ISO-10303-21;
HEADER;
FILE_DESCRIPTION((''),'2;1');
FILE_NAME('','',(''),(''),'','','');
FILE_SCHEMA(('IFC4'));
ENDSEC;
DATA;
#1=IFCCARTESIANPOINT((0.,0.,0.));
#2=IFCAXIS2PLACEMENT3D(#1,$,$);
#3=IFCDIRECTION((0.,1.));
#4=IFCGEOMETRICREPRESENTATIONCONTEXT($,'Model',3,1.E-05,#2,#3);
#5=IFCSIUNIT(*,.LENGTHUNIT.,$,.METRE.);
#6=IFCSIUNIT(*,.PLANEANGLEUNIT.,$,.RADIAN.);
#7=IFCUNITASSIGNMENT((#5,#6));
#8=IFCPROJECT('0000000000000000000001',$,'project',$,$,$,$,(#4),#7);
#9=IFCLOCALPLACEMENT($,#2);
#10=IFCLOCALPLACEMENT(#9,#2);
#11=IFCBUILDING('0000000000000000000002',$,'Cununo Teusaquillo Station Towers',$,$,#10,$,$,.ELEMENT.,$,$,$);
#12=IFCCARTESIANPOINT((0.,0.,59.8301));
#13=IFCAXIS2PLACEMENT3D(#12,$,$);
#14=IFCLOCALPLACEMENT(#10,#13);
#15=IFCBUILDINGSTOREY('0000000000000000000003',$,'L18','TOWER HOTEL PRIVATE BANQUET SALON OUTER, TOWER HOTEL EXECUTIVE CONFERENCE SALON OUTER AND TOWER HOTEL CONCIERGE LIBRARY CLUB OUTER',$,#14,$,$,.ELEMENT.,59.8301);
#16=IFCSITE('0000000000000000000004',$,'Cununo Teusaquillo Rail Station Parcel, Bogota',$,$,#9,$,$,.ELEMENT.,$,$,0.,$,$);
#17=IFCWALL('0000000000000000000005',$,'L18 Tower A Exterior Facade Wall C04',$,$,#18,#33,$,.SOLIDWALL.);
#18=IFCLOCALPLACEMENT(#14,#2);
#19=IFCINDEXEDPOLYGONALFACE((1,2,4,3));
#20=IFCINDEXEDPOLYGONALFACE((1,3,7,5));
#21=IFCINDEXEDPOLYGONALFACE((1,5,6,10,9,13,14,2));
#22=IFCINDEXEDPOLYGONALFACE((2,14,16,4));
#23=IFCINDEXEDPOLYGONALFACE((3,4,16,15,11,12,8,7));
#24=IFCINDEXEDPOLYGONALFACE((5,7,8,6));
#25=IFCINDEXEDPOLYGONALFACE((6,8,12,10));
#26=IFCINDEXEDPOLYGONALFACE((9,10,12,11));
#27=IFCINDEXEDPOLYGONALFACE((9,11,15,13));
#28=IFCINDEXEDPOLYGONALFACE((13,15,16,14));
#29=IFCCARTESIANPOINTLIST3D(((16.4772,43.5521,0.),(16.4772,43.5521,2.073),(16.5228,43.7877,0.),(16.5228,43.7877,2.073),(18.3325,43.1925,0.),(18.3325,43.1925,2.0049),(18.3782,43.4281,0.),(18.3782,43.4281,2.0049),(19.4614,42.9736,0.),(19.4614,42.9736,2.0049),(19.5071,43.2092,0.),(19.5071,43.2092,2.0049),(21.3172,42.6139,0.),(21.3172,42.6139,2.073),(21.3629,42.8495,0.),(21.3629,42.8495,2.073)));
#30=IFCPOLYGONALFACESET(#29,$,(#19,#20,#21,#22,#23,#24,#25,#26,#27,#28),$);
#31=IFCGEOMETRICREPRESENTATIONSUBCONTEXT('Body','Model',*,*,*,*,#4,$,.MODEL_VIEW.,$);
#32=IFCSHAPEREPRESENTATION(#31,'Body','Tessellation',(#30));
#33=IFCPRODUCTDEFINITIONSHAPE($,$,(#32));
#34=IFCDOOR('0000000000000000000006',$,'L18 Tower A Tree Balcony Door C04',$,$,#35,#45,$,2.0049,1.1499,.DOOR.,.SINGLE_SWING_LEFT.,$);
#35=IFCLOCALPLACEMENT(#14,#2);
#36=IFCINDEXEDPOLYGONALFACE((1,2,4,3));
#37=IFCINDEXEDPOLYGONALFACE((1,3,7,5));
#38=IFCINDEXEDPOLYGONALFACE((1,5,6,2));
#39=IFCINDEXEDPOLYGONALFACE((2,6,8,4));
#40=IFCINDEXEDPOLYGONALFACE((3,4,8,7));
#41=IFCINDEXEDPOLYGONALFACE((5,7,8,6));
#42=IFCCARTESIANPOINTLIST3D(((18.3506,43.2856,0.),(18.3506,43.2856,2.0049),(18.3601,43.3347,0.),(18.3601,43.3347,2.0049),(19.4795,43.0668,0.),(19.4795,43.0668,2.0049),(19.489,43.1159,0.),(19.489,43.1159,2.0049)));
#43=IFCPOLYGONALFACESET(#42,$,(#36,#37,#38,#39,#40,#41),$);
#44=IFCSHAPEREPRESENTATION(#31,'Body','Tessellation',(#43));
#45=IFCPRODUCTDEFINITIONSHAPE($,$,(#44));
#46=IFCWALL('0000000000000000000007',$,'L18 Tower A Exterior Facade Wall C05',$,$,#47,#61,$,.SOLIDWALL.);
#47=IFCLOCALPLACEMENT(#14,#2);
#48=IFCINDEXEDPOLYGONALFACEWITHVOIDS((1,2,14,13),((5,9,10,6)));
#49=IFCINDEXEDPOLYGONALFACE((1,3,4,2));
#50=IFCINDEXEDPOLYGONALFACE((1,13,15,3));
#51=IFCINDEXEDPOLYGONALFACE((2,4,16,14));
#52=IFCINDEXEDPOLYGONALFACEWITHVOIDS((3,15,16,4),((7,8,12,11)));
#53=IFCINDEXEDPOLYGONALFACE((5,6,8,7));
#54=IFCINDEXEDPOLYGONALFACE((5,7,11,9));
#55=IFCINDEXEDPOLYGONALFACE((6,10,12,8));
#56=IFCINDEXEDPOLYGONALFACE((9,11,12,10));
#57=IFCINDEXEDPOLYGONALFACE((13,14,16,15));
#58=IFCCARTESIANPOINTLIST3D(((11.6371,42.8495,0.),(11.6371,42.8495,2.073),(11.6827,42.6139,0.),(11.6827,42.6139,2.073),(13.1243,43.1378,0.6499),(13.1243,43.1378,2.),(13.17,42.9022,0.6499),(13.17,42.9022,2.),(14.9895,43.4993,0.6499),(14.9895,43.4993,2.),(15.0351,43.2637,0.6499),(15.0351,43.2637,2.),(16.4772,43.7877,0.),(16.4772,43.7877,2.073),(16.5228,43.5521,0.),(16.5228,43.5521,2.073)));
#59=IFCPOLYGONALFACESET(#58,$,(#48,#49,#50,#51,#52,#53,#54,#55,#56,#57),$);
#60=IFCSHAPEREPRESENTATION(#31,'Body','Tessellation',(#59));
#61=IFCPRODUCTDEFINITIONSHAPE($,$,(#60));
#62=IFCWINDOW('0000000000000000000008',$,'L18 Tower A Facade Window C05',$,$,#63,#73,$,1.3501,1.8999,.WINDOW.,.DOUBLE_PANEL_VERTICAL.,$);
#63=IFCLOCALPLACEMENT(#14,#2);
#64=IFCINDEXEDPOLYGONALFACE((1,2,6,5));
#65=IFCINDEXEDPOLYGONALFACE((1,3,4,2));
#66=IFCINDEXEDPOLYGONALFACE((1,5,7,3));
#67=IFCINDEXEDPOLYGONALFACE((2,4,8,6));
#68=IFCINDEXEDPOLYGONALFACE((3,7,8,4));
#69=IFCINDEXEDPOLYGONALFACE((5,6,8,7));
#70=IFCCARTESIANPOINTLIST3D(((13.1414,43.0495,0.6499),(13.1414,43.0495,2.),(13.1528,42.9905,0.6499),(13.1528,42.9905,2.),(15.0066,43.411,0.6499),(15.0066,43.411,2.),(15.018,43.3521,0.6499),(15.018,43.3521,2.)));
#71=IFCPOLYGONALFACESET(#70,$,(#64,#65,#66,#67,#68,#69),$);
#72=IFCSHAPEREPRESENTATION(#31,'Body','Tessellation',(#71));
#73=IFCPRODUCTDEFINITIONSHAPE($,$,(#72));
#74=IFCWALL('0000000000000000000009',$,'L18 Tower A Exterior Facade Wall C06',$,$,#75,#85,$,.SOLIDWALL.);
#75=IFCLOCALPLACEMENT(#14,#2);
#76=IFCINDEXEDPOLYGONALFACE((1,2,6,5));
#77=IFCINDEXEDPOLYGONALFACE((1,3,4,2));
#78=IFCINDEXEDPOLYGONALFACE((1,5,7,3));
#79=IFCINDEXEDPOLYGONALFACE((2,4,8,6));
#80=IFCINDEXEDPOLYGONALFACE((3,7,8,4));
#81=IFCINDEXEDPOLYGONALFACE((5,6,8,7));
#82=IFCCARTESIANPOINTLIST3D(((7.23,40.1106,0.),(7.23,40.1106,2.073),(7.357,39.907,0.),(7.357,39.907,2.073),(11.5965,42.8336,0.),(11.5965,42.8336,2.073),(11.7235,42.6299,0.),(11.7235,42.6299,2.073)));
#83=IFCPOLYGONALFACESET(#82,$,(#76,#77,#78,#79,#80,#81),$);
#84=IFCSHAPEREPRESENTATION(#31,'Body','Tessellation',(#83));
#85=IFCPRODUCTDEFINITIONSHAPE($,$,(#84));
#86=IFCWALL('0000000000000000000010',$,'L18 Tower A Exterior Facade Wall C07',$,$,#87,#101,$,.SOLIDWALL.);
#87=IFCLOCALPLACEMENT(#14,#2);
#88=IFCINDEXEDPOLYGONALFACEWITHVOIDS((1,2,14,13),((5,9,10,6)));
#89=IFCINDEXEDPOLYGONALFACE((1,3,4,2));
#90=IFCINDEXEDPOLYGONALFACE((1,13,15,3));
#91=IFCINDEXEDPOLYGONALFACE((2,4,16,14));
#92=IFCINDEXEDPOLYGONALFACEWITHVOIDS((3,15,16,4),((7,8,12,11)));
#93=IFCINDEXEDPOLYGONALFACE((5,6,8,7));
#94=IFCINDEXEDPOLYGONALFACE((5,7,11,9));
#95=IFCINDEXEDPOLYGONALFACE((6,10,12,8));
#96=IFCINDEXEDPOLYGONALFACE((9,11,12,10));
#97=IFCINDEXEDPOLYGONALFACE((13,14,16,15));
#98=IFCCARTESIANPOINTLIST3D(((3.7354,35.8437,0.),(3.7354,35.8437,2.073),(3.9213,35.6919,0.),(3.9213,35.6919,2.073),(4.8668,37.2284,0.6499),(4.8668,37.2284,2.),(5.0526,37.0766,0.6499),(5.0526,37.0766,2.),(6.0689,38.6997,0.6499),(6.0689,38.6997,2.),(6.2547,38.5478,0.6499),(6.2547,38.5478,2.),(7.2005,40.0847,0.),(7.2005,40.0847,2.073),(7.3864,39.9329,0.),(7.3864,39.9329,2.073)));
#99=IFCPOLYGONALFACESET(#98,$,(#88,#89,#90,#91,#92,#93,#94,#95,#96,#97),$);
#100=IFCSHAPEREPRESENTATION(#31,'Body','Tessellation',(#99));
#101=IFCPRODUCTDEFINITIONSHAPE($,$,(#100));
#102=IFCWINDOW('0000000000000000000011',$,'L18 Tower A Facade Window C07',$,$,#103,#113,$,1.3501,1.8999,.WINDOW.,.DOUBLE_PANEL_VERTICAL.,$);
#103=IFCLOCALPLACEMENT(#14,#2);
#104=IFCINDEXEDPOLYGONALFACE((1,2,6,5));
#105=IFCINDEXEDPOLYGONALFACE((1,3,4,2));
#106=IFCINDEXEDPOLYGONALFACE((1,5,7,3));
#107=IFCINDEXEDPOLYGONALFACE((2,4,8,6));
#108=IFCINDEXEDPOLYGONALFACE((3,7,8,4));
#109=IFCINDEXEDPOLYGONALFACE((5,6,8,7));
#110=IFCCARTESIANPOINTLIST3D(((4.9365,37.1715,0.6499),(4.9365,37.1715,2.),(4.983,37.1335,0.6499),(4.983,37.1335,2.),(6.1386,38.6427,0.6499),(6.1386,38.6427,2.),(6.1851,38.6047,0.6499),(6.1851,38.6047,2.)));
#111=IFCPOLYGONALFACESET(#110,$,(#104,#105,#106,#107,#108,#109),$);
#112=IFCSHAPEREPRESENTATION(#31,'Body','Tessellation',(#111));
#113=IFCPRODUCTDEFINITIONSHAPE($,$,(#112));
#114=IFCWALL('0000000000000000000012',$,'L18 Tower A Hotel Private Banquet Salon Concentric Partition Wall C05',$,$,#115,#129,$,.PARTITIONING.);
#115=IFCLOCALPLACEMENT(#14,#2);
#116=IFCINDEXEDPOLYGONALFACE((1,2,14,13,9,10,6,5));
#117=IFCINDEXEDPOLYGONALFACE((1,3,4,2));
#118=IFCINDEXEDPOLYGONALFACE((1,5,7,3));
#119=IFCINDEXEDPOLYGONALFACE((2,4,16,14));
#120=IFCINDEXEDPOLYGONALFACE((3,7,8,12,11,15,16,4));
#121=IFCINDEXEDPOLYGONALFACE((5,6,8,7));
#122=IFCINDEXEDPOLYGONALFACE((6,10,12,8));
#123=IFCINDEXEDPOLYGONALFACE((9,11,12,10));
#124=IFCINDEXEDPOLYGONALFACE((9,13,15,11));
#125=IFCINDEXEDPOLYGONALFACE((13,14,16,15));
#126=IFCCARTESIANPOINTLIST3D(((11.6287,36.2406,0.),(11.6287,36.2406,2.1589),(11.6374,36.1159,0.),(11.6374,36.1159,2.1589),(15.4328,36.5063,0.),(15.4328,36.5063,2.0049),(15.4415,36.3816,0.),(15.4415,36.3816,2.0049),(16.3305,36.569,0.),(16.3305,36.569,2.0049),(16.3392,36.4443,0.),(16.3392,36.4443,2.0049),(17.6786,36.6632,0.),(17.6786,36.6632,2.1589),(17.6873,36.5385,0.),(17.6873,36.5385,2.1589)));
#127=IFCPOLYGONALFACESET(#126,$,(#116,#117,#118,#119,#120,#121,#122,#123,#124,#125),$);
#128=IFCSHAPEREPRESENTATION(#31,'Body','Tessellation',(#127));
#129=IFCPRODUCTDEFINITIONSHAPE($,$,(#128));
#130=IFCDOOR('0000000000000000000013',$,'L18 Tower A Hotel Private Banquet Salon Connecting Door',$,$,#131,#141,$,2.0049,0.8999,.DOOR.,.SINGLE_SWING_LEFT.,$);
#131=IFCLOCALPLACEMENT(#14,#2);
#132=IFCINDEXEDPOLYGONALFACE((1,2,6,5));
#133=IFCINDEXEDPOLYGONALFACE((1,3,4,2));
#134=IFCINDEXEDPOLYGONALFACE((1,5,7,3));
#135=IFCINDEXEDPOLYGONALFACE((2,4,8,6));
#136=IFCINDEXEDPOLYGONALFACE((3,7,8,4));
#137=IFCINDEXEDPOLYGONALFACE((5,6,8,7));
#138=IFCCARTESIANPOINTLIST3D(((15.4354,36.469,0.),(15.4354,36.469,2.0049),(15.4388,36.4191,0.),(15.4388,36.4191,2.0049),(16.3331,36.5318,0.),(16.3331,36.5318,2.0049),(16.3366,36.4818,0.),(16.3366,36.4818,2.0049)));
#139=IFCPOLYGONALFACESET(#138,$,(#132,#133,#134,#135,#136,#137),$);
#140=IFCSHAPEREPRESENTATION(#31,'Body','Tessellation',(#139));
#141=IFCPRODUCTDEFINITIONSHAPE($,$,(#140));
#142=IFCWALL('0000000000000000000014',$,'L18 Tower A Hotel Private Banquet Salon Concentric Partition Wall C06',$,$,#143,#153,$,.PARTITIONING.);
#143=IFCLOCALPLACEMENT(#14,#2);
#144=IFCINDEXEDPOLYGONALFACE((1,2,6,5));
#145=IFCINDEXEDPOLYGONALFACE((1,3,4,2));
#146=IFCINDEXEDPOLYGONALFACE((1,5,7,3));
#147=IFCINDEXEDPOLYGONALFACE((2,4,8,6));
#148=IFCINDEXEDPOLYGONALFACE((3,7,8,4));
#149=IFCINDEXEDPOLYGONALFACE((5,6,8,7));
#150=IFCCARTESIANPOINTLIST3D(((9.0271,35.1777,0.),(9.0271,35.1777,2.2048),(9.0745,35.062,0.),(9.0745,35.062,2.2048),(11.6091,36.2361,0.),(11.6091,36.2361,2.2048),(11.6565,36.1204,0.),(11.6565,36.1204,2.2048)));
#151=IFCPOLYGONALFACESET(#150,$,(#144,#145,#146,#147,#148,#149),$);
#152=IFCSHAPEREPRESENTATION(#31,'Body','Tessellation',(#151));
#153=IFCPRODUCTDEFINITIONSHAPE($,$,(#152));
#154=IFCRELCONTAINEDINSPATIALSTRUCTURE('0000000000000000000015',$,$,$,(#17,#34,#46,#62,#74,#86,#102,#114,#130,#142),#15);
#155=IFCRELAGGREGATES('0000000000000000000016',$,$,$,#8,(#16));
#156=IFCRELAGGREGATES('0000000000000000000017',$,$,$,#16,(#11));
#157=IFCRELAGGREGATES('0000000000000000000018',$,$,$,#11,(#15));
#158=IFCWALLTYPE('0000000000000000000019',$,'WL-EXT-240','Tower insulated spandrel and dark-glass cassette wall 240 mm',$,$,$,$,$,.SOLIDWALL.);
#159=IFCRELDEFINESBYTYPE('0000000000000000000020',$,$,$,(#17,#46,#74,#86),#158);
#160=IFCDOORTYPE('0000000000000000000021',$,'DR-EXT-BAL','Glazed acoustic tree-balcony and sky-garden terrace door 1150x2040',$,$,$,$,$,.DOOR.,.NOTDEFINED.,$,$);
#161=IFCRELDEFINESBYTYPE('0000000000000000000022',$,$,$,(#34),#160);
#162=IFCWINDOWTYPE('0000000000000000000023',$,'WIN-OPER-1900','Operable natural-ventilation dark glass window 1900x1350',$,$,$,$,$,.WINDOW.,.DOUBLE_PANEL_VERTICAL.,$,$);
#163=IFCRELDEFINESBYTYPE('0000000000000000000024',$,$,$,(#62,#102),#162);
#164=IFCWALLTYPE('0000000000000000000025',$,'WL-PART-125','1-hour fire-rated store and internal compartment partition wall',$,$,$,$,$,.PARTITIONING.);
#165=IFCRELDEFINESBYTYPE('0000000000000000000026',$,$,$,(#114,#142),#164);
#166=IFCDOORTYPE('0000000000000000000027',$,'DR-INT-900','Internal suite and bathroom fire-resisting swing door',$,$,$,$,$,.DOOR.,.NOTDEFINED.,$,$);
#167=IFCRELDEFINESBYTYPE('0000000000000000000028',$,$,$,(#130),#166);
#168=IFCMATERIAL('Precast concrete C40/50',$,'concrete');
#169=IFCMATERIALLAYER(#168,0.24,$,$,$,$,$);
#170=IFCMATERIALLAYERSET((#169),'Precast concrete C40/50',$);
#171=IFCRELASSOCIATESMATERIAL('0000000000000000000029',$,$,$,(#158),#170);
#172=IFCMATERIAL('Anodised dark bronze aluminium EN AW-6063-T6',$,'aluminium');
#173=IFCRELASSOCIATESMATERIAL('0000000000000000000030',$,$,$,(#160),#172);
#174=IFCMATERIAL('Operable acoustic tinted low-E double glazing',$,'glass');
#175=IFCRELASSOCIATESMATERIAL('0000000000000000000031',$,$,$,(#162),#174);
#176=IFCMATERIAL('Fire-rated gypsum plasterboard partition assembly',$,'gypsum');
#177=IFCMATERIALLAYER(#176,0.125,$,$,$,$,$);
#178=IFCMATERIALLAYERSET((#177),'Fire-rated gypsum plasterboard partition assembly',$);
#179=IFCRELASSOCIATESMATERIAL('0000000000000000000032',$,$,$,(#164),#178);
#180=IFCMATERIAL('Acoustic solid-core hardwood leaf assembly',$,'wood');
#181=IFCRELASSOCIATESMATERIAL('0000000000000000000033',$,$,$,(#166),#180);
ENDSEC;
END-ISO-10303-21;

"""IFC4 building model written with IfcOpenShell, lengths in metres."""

from ifc_helpers import new_model, si_unit, direction, frame, frame_2d, origin, place, context, subcontext, project, spatial, rectangle, extrude, source, transform, mapped, material, layer, layer_set, type_object, element, fill, save


model = new_model("IFC4")

# Units and contexts
model_context = context("Model", 3, precision=1e-05, world=origin(), true_north=direction((0.0, 1.0)))
body_context = subcontext(model_context, "Body", "Model", "MODEL_VIEW")
ifc_project = project(units=[si_unit("LENGTHUNIT", "METRE"), si_unit("PLANEANGLEUNIT", "RADIAN")], contexts=[model_context])

# Site, building, storey
site_placement = place(None, origin())
site = spatial("IfcSite", under=ifc_project, at=site_placement, Name="Cununo Teusaquillo Rail Station Parcel, Bogota", CompositionType="ELEMENT", RefElevation=0.0)
building_placement = place(site_placement, origin())
building = spatial("IfcBuilding", under=site, at=building_placement, Name="Cununo Teusaquillo Station Towers", CompositionType="ELEMENT")
storey_placement = place(building_placement, frame((0.0, 0.0, 59.8301)))
storey = spatial("IfcBuildingStorey", under=building, at=storey_placement, Name="L18", Description="TOWER HOTEL PRIVATE BANQUET SALON OUTER, TOWER HOTEL EXECUTIVE CONFERENCE SALON OUTER AND TOWER HOTEL CONCIERGE LIBRARY CLUB OUTER", CompositionType="ELEMENT", Elevation=59.8301)

# Wall, opening, door
ifc_material_1 = material(Name="Precast concrete C40/50", Category="concrete")
ifc_layer_1 = layer(ifc_material_1, 0.24)
ifc_layer_set_1 = layer_set([ifc_layer_1], Name="Precast concrete C40/50")
wall_type_1 = type_object("IfcWallType", Name="WL-EXT-240", Description="Tower insulated spandrel and dark-glass cassette wall 240 mm", PredefinedType="SOLIDWALL", material=ifc_layer_set_1)
wall_1_placement = place(storey_placement, frame((16.5, 43.6699, 0.0), z_axis=(0.0, 0.0, 1.0), x_axis=(0.981725, -0.190304, 0.0)))
wall_1 = element("IfcWall", 1, at=wall_1_placement, inside=storey, type_object=wall_type_1, Name="L18 Tower A Exterior Facade Wall C04", PredefinedType="SOLIDWALL", context=body_context, shape_type="SweptSolid", body=[
    extrude(rectangle(XDim=4.9302, YDim=0.24, at=frame_2d((2.4651, 0.0))), origin(), (0.0, 0.0, 1.0), 2.073),
])
shared_shape_1 = source(origin(), body_context, "Body", "SweptSolid", [
    extrude(rectangle(XDim=1.1499, YDim=2.0049, at=frame_2d((0.575, 1.0024))), frame((0.0, 0.1299, 0.0), z_axis=(0.0, -1.0, 0.0), x_axis=(1.0, 0.0, 0.0)), (0.0, 0.0, 1.0), 0.26),
])
opening_1_placement = place(wall_1_placement, frame((1.8899, 0.0, 0.0)))
opening_1 = element("IfcOpeningElement", 2, at=opening_1_placement, cuts=wall_1, PredefinedType="OPENING", context=body_context, shape_type="MappedRepresentation", body=[
    mapped(shared_shape_1, transform((0.0, 0.0, 0.0), x_axis=(1.0, 0.0, 0.0), y_axis=(0.0, 1.0, 0.0), z_axis=(0.0, 0.0, 1.0), scale=1.0)),
])
ifc_material_2 = material(Name="Anodised dark bronze aluminium EN AW-6063-T6", Category="aluminium")
door_type_1 = type_object("IfcDoorType", Name="DR-EXT-BAL", Description="Glazed acoustic tree-balcony and sky-garden terrace door 1150x2040", OperationType="NOTDEFINED", PredefinedType="DOOR", material=ifc_material_2)
shared_shape_2 = source(origin(), body_context, "Body", "SweptSolid", [
    extrude(rectangle(XDim=1.1499, YDim=2.0049, at=frame_2d((0.575, 1.0024))), frame((0.0, 0.0249, 0.0), z_axis=(0.0, -1.0, 0.0), x_axis=(1.0, 0.0, 0.0)), (0.0, 0.0, 1.0), 0.05),
])
door_1_placement = place(opening_1_placement, origin())
door_1 = element("IfcDoor", 3, at=door_1_placement, inside=storey, type_object=door_type_1, Name="L18 Tower A Tree Balcony Door C04", OperationType="SINGLE_SWING_LEFT", OverallHeight=2.0049, OverallWidth=1.1499, PredefinedType="DOOR", context=body_context, shape_type="MappedRepresentation", body=[
    mapped(shared_shape_2, transform((0.0, 0.0, 0.0), x_axis=(1.0, 0.0, 0.0), y_axis=(0.0, 1.0, 0.0), z_axis=(0.0, 0.0, 1.0), scale=1.0)),
])
fill(opening_1, door_1)

# Wall, opening, window
wall_2_placement = place(storey_placement, frame((11.6599, 42.7317, 0.0), z_axis=(0.0, 0.0, 1.0), x_axis=(0.981725, 0.190304, 0.0)))
wall_2 = element("IfcWall", 4, at=wall_2_placement, inside=storey, type_object=wall_type_1, Name="L18 Tower A Exterior Facade Wall C05", PredefinedType="SOLIDWALL", context=body_context, shape_type="SweptSolid", body=[
    extrude(rectangle(XDim=4.9302, YDim=0.24, at=frame_2d((2.4651, 0.0))), origin(), (0.0, 0.0, 1.0), 2.073),
])
shared_shape_3 = source(origin(), body_context, "Body", "SweptSolid", [
    extrude(rectangle(XDim=1.8999, YDim=1.3501, at=frame_2d((0.95, 0.675))), frame((0.0, 0.1299, 0.0), z_axis=(0.0, -1.0, 0.0), x_axis=(1.0, 0.0, 0.0)), (0.0, 0.0, 1.0), 0.26),
])
opening_2_placement = place(wall_2_placement, frame((1.5149, 0.0, 0.6499)))
opening_2 = element("IfcOpeningElement", 5, at=opening_2_placement, cuts=wall_2, PredefinedType="OPENING", context=body_context, shape_type="MappedRepresentation", body=[
    mapped(shared_shape_3, transform((0.0, 0.0, 0.0), x_axis=(1.0, 0.0, 0.0), y_axis=(0.0, 1.0, 0.0), z_axis=(0.0, 0.0, 1.0), scale=1.0)),
])
ifc_material_3 = material(Name="Operable acoustic tinted low-E double glazing", Category="glass")
window_type = type_object("IfcWindowType", Name="WIN-OPER-1900", Description="Operable natural-ventilation dark glass window 1900x1350", PartitioningType="DOUBLE_PANEL_VERTICAL", PredefinedType="WINDOW", material=ifc_material_3)
shared_shape_4 = source(origin(), body_context, "Body", "SweptSolid", [
    extrude(rectangle(XDim=1.8999, YDim=1.3501, at=frame_2d((0.95, 0.675))), frame((0.0, 0.03, 0.0), z_axis=(0.0, -1.0, 0.0), x_axis=(1.0, 0.0, 0.0)), (0.0, 0.0, 1.0), 0.0601),
])
window_1_placement = place(opening_2_placement, origin())
window_1 = element("IfcWindow", 6, at=window_1_placement, inside=storey, type_object=window_type, Name="L18 Tower A Facade Window C05", OverallHeight=1.3501, OverallWidth=1.8999, PartitioningType="DOUBLE_PANEL_VERTICAL", PredefinedType="WINDOW", context=body_context, shape_type="MappedRepresentation", body=[
    mapped(shared_shape_4, transform((0.0, 0.0, 0.0), x_axis=(1.0, 0.0, 0.0), y_axis=(0.0, 1.0, 0.0), z_axis=(0.0, 0.0, 1.0), scale=1.0)),
])
fill(opening_2, window_1)

# Wall
wall_3_placement = place(storey_placement, frame((7.2935, 40.0088, 0.0), z_axis=(0.0, 0.0, 1.0), x_axis=(0.848534, 0.529141, 0.0)))
element("IfcWall", 7, at=wall_3_placement, inside=storey, type_object=wall_type_1, Name="L18 Tower A Exterior Facade Wall C06", PredefinedType="SOLIDWALL", context=body_context, shape_type="SweptSolid", body=[
    extrude(rectangle(XDim=5.146, YDim=0.24, at=frame_2d((2.573, 0.0))), origin(), (0.0, 0.0, 1.0), 2.073),
])

# Wall, opening, window
wall_4_placement = place(storey_placement, frame((3.8284, 35.7678, 0.0), z_axis=(0.0, 0.0, 1.0), x_axis=(0.632713, 0.774386, 0.0)))
wall_4 = element("IfcWall", 8, at=wall_4_placement, inside=storey, type_object=wall_type_1, Name="L18 Tower A Exterior Facade Wall C07", PredefinedType="SOLIDWALL", context=body_context, shape_type="SweptSolid", body=[
    extrude(rectangle(XDim=5.4766, YDim=0.24, at=frame_2d((2.7383, 0.0))), origin(), (0.0, 0.0, 1.0), 2.073),
])
opening_3_placement = place(wall_4_placement, frame((1.7881, 0.0, 0.6499)))
opening_3 = element("IfcOpeningElement", 9, at=opening_3_placement, cuts=wall_4, PredefinedType="OPENING", context=body_context, shape_type="MappedRepresentation", body=[
    mapped(shared_shape_3, transform((0.0, 0.0, 0.0), x_axis=(1.0, 0.0, 0.0), y_axis=(0.0, 1.0, 0.0), z_axis=(0.0, 0.0, 1.0), scale=1.0)),
])
window_2_placement = place(opening_3_placement, origin())
window_2 = element("IfcWindow", 10, at=window_2_placement, inside=storey, type_object=window_type, Name="L18 Tower A Facade Window C07", OverallHeight=1.3501, OverallWidth=1.8999, PartitioningType="DOUBLE_PANEL_VERTICAL", PredefinedType="WINDOW", context=body_context, shape_type="MappedRepresentation", body=[
    mapped(shared_shape_4, transform((0.0, 0.0, 0.0), x_axis=(1.0, 0.0, 0.0), y_axis=(0.0, 1.0, 0.0), z_axis=(0.0, 0.0, 1.0), scale=1.0)),
])
fill(opening_3, window_2)

# Wall, opening, door
ifc_material_4 = material(Name="Fire-rated gypsum plasterboard partition assembly", Category="gypsum")
ifc_layer_2 = layer(ifc_material_4, 0.125)
ifc_layer_set_2 = layer_set([ifc_layer_2], Name="Fire-rated gypsum plasterboard partition assembly")
wall_type_2 = type_object("IfcWallType", Name="WL-PART-125", Description="1-hour fire-rated store and internal compartment partition wall", PredefinedType="PARTITIONING", material=ifc_layer_set_2)
wall_5_placement = place(storey_placement, frame((17.6829, 36.6008, 0.0), z_axis=(0.0, 0.0, 1.0), x_axis=(-0.997569, -0.069682, 0.0)))
wall_5 = element("IfcWall", 11, at=wall_5_placement, inside=storey, type_object=wall_type_2, Name="L18 Tower A Hotel Private Banquet Salon Concentric Partition Wall C05", PredefinedType="PARTITIONING", context=body_context, shape_type="SweptSolid", body=[
    extrude(rectangle(XDim=6.0647, YDim=0.125, at=frame_2d((3.0322, 0.0))), origin(), (0.0, 0.0, 1.0), 2.1589),
])
shared_shape_5 = source(origin(), body_context, "Body", "SweptSolid", [
    extrude(rectangle(XDim=0.8999, YDim=2.0049, at=frame_2d((0.45, 1.0024))), frame((0.0, 0.0725, 0.0), z_axis=(0.0, -1.0, 0.0), x_axis=(1.0, 0.0, 0.0)), (0.0, 0.0, 1.0), 0.145),
])
opening_4_placement = place(wall_5_placement, frame((1.3513, 0.0, 0.0)))
opening_4 = element("IfcOpeningElement", 12, at=opening_4_placement, cuts=wall_5, PredefinedType="OPENING", context=body_context, shape_type="MappedRepresentation", body=[
    mapped(shared_shape_5, transform((0.0, 0.0, 0.0), x_axis=(1.0, 0.0, 0.0), y_axis=(0.0, 1.0, 0.0), z_axis=(0.0, 0.0, 1.0), scale=1.0)),
])
ifc_material_5 = material(Name="Acoustic solid-core hardwood leaf assembly", Category="wood")
door_type_2 = type_object("IfcDoorType", Name="DR-INT-900", Description="Internal suite and bathroom fire-resisting swing door", OperationType="NOTDEFINED", PredefinedType="DOOR", material=ifc_material_5)
shared_shape_6 = source(origin(), body_context, "Body", "SweptSolid", [
    extrude(rectangle(XDim=0.8999, YDim=2.0049, at=frame_2d((0.45, 1.0024))), frame((0.0, 0.0249, 0.0), z_axis=(0.0, -1.0, 0.0), x_axis=(1.0, 0.0, 0.0)), (0.0, 0.0, 1.0), 0.05),
])
door_2_placement = place(opening_4_placement, origin())
door_2 = element("IfcDoor", 13, at=door_2_placement, inside=storey, type_object=door_type_2, Name="L18 Tower A Hotel Private Banquet Salon Connecting Door", OperationType="SINGLE_SWING_LEFT", OverallHeight=2.0049, OverallWidth=0.8999, PredefinedType="DOOR", context=body_context, shape_type="MappedRepresentation", body=[
    mapped(shared_shape_6, transform((0.0, 0.0, 0.0), x_axis=(1.0, 0.0, 0.0), y_axis=(0.0, 1.0, 0.0), z_axis=(0.0, 0.0, 1.0), scale=1.0)),
])
fill(opening_4, door_2)

# Wall
wall_6_placement = place(storey_placement, frame((11.6328, 36.1782, 0.0), z_axis=(0.0, 0.0, 1.0), x_axis=(-0.925288, -0.379266, 0.0)))
element("IfcWall", 14, at=wall_6_placement, inside=storey, type_object=wall_type_2, Name="L18 Tower A Hotel Private Banquet Salon Concentric Partition Wall C06", PredefinedType="PARTITIONING", context=body_context, shape_type="SweptSolid", body=[
    extrude(rectangle(XDim=2.7905, YDim=0.125, at=frame_2d((1.3953, 0.0))), origin(), (0.0, 0.0, 1.0), 2.2048),
])

save(model, "model.ifc")
